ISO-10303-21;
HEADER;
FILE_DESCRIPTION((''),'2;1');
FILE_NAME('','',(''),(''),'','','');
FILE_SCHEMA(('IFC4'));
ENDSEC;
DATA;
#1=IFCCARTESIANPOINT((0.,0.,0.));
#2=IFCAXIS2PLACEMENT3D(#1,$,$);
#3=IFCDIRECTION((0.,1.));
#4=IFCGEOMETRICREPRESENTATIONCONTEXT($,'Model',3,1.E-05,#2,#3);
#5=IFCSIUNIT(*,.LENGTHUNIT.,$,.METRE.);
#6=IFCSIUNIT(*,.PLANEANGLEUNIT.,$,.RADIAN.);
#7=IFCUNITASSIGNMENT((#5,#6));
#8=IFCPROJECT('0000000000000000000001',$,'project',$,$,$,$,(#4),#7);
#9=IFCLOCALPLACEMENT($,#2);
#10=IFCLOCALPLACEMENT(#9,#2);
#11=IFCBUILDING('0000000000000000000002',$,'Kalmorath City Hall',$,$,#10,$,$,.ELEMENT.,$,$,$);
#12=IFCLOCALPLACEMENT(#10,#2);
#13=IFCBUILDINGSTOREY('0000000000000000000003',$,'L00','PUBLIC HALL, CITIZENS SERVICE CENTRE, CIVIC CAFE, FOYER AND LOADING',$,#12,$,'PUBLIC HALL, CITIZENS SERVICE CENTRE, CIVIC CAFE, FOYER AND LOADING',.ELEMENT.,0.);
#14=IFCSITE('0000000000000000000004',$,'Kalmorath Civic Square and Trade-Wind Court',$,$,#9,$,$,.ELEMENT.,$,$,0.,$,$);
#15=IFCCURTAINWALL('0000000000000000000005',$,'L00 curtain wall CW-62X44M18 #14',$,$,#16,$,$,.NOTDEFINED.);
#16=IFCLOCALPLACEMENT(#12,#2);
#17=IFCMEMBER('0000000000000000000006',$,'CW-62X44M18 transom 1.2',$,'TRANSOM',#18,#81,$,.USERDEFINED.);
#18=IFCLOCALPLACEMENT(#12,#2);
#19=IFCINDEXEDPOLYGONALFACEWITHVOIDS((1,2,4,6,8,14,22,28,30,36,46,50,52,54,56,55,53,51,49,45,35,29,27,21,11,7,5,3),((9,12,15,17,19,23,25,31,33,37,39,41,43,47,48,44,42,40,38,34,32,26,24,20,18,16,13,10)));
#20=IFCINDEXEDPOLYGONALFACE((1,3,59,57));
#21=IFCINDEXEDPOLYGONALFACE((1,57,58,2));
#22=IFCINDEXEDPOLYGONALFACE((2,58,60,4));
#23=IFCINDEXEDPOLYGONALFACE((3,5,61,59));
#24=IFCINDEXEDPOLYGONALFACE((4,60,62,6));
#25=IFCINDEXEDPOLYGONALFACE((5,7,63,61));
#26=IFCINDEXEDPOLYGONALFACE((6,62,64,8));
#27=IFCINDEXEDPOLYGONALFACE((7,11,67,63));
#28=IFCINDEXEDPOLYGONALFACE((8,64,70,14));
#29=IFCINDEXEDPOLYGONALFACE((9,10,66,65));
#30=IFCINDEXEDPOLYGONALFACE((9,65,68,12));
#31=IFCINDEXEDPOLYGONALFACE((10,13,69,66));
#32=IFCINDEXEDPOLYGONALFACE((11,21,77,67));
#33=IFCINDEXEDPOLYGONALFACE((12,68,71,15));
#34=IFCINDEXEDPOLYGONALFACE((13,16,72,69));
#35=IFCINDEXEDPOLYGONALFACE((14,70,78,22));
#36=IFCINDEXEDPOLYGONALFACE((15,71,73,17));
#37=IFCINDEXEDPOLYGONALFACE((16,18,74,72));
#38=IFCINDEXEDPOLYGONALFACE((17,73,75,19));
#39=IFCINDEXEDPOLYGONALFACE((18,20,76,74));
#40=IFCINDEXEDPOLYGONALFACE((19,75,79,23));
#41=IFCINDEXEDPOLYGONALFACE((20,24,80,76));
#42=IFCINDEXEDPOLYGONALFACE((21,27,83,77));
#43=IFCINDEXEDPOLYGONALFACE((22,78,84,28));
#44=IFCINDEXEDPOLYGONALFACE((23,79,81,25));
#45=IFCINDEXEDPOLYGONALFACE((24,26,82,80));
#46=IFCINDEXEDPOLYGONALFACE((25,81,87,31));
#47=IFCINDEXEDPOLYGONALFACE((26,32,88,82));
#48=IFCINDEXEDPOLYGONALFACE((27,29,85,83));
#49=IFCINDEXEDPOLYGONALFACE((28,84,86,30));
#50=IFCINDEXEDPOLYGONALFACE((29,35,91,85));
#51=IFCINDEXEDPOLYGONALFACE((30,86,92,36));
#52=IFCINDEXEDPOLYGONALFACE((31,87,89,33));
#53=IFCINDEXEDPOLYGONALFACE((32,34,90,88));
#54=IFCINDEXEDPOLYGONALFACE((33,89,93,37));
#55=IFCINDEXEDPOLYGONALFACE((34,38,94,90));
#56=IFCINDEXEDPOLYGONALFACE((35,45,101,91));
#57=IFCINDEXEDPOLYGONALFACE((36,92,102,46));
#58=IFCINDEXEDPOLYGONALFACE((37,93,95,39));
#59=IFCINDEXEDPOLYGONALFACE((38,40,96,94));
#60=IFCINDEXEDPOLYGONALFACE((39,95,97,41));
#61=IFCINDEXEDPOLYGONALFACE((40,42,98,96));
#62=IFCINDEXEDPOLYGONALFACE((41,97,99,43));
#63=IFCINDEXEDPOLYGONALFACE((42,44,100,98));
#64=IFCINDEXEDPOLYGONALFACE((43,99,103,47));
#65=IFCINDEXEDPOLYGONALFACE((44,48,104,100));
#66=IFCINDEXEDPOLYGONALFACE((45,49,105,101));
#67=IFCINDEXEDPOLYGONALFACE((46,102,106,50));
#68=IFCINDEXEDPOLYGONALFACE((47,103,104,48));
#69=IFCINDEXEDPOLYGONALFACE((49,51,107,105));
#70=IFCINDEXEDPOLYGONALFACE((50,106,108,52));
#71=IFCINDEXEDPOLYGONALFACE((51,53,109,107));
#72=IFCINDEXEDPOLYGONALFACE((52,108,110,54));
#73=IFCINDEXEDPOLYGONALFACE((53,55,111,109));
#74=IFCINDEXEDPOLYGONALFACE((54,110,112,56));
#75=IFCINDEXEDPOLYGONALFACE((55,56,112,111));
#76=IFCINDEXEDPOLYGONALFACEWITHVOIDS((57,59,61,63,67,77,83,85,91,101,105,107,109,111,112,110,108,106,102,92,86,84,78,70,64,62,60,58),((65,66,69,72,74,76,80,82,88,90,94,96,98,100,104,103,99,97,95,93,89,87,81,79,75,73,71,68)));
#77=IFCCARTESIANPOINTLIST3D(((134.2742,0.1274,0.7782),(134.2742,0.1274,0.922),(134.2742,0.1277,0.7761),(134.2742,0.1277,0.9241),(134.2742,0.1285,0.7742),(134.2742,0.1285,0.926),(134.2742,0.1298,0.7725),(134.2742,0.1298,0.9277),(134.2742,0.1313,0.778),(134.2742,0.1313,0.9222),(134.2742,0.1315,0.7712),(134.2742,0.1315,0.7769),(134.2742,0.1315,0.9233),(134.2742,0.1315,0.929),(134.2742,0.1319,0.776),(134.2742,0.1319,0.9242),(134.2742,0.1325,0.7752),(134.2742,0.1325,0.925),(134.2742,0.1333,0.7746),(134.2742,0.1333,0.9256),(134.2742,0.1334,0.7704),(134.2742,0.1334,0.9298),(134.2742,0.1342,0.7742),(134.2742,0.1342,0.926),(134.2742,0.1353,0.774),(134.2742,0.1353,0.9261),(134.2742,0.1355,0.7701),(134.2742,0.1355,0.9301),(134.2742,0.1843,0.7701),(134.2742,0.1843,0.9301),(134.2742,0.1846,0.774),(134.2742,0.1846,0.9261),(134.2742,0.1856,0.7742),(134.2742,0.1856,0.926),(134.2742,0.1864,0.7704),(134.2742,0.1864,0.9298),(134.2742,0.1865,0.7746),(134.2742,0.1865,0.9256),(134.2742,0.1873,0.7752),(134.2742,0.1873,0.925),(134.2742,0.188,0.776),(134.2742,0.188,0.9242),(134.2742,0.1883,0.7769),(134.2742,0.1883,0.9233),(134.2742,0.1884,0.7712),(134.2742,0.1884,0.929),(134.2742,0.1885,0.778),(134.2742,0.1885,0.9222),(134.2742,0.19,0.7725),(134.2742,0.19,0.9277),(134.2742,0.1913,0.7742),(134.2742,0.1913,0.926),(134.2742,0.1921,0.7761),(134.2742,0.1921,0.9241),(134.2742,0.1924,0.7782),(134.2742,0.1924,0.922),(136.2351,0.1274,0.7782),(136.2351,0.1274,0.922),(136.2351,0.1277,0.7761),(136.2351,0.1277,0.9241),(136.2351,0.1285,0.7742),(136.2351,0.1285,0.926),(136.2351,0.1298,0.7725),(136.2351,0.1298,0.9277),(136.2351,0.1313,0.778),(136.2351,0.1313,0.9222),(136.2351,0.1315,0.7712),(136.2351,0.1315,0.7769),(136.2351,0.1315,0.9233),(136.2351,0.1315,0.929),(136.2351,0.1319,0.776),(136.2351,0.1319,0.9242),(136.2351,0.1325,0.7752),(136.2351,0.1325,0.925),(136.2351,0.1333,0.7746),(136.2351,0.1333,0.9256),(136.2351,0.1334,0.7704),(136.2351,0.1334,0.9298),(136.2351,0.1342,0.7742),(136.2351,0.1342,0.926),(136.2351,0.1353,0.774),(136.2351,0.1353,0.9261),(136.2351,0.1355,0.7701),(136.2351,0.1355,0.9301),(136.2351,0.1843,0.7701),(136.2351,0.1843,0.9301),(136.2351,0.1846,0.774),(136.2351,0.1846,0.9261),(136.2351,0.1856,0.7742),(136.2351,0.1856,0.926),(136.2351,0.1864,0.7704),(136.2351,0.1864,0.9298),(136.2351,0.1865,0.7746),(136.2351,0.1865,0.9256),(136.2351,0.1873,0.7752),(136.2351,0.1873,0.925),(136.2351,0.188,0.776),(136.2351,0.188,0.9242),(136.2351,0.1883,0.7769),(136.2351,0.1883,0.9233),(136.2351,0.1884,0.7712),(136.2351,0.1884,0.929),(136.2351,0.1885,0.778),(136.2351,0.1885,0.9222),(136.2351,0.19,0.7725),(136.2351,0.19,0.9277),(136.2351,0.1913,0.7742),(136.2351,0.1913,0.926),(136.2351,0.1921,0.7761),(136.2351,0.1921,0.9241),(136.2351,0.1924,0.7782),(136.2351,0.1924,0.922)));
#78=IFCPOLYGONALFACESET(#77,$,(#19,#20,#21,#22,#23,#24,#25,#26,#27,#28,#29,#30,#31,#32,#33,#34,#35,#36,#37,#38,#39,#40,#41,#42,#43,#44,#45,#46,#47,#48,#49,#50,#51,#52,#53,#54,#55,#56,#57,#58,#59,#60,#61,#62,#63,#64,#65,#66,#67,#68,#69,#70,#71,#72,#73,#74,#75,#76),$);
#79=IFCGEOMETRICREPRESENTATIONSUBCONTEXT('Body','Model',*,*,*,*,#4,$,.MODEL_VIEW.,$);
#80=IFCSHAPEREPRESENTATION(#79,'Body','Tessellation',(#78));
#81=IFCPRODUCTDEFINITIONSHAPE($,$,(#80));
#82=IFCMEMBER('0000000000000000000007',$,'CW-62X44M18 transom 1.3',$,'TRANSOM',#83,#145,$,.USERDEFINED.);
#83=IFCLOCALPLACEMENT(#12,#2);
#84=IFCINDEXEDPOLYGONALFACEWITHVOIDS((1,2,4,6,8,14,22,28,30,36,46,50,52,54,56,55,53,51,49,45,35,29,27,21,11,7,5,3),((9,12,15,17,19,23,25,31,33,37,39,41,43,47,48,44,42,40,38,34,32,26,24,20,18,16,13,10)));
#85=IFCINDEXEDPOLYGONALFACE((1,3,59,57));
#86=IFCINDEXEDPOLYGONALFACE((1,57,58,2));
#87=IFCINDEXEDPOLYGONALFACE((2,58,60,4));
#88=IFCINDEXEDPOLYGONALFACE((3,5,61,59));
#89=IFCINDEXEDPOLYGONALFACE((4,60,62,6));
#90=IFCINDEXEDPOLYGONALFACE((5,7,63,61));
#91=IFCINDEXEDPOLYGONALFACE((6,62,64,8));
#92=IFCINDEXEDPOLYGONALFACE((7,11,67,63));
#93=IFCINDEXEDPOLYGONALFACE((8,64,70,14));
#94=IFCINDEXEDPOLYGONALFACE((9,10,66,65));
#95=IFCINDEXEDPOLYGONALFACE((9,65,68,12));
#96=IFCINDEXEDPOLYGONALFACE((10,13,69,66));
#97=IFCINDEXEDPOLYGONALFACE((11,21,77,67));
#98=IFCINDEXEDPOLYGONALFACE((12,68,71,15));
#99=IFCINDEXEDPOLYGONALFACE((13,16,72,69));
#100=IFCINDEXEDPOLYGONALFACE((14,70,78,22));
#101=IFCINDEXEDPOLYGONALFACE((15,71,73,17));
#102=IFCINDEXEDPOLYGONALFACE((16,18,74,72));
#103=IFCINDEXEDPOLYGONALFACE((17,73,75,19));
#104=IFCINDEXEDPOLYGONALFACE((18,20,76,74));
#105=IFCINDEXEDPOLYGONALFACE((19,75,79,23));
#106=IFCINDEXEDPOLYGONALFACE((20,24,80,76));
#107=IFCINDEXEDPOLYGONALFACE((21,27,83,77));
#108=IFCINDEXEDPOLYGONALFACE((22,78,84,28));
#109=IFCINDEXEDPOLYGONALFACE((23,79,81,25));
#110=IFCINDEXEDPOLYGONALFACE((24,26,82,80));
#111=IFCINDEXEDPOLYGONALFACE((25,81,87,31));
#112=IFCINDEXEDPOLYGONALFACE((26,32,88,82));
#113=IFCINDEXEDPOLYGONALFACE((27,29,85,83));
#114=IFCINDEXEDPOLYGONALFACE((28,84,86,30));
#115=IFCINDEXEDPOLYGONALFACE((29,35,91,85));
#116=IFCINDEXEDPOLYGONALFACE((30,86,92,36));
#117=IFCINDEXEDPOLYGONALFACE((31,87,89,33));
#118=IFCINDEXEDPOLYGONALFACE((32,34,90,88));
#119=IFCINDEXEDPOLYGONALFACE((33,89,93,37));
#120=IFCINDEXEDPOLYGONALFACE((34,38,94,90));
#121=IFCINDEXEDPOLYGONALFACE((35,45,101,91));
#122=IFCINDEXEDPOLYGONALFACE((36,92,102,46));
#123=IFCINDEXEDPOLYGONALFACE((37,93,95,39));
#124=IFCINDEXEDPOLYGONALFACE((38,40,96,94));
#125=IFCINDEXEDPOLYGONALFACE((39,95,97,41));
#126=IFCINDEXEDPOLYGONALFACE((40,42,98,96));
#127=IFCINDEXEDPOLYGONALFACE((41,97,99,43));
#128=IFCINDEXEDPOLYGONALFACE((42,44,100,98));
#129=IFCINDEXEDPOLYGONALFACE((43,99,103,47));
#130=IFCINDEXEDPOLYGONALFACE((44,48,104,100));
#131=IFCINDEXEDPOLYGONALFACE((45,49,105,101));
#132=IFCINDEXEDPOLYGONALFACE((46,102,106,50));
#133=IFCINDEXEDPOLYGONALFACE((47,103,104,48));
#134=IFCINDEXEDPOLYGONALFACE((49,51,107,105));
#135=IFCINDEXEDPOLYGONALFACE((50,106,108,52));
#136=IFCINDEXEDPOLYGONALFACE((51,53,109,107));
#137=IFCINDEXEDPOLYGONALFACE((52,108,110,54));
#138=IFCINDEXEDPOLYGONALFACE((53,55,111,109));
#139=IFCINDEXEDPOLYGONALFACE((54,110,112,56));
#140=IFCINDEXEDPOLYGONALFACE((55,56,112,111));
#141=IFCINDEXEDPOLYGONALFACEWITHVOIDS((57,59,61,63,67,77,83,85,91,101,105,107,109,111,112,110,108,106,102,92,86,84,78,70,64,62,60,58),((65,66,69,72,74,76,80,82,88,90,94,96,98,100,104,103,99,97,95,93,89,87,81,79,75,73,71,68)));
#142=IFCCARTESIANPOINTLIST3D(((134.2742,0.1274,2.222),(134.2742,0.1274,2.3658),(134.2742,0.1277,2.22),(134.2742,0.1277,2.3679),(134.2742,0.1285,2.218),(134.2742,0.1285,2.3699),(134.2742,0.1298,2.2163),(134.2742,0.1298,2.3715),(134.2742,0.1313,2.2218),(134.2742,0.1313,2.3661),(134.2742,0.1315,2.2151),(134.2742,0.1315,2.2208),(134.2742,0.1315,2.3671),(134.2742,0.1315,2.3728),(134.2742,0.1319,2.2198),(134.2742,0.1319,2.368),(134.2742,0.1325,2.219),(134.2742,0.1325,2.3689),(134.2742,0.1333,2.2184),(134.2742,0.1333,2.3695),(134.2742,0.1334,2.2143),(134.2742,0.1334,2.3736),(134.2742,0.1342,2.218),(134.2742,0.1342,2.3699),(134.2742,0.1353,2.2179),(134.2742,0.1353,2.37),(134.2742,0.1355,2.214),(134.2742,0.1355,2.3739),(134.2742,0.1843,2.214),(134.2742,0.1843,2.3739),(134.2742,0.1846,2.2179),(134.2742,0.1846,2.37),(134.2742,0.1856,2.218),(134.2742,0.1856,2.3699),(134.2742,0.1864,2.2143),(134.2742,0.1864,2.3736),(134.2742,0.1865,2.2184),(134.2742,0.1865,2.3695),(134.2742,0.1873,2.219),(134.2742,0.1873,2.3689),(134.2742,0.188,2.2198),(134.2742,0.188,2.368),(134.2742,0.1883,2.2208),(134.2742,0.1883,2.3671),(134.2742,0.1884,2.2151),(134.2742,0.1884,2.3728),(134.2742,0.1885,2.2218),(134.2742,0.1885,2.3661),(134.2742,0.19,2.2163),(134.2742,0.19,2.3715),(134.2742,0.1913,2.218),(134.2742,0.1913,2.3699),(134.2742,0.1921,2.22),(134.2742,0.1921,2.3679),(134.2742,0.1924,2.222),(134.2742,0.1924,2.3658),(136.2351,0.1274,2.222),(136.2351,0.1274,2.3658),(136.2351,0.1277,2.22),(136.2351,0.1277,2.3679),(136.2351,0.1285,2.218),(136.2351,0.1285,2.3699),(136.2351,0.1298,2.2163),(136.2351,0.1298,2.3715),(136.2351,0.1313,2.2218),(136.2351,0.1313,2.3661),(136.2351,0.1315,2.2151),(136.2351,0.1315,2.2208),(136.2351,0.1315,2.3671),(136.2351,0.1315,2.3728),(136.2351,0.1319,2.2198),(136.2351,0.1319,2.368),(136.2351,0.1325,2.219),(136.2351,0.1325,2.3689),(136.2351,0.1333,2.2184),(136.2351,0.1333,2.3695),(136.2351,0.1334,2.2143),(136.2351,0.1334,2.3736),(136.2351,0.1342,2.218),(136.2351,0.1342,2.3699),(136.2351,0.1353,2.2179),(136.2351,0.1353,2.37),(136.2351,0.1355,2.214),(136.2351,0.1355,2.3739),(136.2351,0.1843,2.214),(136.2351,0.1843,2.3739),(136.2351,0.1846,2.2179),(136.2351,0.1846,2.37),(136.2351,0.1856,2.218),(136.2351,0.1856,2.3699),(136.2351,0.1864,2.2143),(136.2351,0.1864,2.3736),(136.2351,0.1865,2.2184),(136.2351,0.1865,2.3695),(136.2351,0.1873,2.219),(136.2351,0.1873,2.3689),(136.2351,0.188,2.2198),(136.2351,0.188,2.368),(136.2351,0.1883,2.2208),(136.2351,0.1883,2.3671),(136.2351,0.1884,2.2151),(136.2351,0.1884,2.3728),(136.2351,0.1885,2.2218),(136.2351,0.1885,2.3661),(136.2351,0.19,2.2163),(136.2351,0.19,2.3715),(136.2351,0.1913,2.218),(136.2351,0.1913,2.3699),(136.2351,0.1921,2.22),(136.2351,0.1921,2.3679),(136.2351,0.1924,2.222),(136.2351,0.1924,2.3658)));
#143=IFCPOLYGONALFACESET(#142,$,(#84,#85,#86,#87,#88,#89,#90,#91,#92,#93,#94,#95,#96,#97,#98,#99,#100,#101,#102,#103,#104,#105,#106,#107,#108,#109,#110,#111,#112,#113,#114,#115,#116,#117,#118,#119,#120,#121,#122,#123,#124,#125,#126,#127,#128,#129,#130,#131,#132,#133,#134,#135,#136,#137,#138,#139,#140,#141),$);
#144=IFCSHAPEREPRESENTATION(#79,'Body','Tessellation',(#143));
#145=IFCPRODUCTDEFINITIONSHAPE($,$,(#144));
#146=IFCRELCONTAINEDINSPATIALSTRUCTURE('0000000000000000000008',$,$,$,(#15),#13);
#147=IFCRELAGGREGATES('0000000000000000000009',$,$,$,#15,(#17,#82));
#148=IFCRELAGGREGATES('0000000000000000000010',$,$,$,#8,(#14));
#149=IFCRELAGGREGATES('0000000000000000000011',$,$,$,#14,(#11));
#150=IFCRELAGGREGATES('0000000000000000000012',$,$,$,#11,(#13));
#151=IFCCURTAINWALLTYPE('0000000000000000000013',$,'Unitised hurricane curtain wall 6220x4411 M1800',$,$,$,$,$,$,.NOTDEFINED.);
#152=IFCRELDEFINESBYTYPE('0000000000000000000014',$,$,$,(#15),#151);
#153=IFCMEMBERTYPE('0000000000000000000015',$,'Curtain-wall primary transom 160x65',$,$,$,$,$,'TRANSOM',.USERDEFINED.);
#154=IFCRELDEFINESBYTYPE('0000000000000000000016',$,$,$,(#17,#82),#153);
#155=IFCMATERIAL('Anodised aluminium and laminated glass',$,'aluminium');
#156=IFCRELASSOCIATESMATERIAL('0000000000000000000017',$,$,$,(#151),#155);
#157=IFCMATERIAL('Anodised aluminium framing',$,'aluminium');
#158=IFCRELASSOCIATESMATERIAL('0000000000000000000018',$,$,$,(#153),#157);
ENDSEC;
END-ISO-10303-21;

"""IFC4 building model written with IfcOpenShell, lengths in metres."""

from ifc_helpers import new_model, si_unit, direction, frame, origin, origin_2d, place, context, subcontext, project, spatial, hollow_rectangle, extrude, material, material_profile, profile_set, type_object, element, aggregate, save


model = new_model("IFC4")

# Units and contexts
model_context = context("Model", 3, precision=1e-05, world=origin(), true_north=direction((0.0, 1.0)))
body_context = subcontext(model_context, "Body", "Model", "MODEL_VIEW")
ifc_project = project(units=[si_unit("LENGTHUNIT", "METRE"), si_unit("PLANEANGLEUNIT", "RADIAN")], contexts=[model_context])

# Site, building, storey
site_placement = place(None, origin())
site = spatial("IfcSite", under=ifc_project, at=site_placement, Name="Kalmorath Civic Square and Trade-Wind Court", CompositionType="ELEMENT", RefElevation=0.0)
building_placement = place(site_placement, origin())
building = spatial("IfcBuilding", under=site, at=building_placement, Name="Kalmorath City Hall", CompositionType="ELEMENT")
storey_placement = place(building_placement, origin())
storey = spatial("IfcBuildingStorey", under=building, at=storey_placement, Name="L00", Description="PUBLIC HALL, CITIZENS SERVICE CENTRE, CIVIC CAFE, FOYER AND LOADING", LongName="PUBLIC HALL, CITIZENS SERVICE CENTRE, CIVIC CAFE, FOYER AND LOADING", CompositionType="ELEMENT", Elevation=0.0)

# Shared definitions
ifc_material_1 = material(Name="Anodised aluminium and laminated glass", Category="aluminium")
curtain_wall_type = type_object("IfcCurtainWallType", Name="Unitised hurricane curtain wall 6220x4411 M1800", PredefinedType="NOTDEFINED", material=ifc_material_1)

# Curtain wall
curtain_wall_1_placement = place(storey_placement, origin())
curtain_wall_1 = element("IfcCurtainWall", 1, at=curtain_wall_1_placement, inside=storey, type_object=curtain_wall_type, Name="L00 curtain wall CW-62X44M18 #14", PredefinedType="NOTDEFINED")

# Members
ifc_material_2 = material(Name="Anodised aluminium framing", Category="aluminium")
ifc_material_profile_1 = material_profile(ifc_material_2, hollow_rectangle(XDim=0.0649, YDim=0.1599, WallThickness=0.0039, InnerFilletRadius=0.0039, OuterFilletRadius=0.0081, at=origin_2d()), Name="ALU-TRN-160X65X4")
ifc_profile_set_1 = profile_set([ifc_material_profile_1], Name="Anodised aluminium framing")
member_type_1 = type_object("IfcMemberType", Name="Curtain-wall primary transom 160x65", ElementType="TRANSOM", PredefinedType="USERDEFINED", material=ifc_profile_set_1)
member_1_placement = place(storey_placement, frame((136.2351, 0.1599, 0.8501), z_axis=(-1.0, 0.0, 0.0), x_axis=(0.0, -1.0, 0.0)))
member_1 = element("IfcMember", 2, at=member_1_placement, type_object=member_type_1, Name="CW-62X44M18 transom 1.2", ObjectType="TRANSOM", PredefinedType="USERDEFINED", context=body_context, shape_type="SweptSolid", body=[
    extrude(hollow_rectangle(XDim=0.0649, YDim=0.1599, WallThickness=0.0039, InnerFilletRadius=0.0039, OuterFilletRadius=0.0081, at=origin_2d()), origin(), (0.0, 0.0, 1.0), 1.9609),
])
member_2_placement = place(storey_placement, frame((136.2351, 0.1599, 2.2939), z_axis=(-1.0, 0.0, 0.0), x_axis=(0.0, -1.0, 0.0)))
member_2 = element("IfcMember", 3, at=member_2_placement, type_object=member_type_1, Name="CW-62X44M18 transom 1.3", ObjectType="TRANSOM", PredefinedType="USERDEFINED", context=body_context, shape_type="SweptSolid", body=[
    extrude(hollow_rectangle(XDim=0.0649, YDim=0.1599, WallThickness=0.0039, InnerFilletRadius=0.0039, OuterFilletRadius=0.0081, at=origin_2d()), origin(), (0.0, 0.0, 1.0), 1.9609),
])
aggregate(curtain_wall_1, [member_1, member_2])

save(model, "model.ifc")
